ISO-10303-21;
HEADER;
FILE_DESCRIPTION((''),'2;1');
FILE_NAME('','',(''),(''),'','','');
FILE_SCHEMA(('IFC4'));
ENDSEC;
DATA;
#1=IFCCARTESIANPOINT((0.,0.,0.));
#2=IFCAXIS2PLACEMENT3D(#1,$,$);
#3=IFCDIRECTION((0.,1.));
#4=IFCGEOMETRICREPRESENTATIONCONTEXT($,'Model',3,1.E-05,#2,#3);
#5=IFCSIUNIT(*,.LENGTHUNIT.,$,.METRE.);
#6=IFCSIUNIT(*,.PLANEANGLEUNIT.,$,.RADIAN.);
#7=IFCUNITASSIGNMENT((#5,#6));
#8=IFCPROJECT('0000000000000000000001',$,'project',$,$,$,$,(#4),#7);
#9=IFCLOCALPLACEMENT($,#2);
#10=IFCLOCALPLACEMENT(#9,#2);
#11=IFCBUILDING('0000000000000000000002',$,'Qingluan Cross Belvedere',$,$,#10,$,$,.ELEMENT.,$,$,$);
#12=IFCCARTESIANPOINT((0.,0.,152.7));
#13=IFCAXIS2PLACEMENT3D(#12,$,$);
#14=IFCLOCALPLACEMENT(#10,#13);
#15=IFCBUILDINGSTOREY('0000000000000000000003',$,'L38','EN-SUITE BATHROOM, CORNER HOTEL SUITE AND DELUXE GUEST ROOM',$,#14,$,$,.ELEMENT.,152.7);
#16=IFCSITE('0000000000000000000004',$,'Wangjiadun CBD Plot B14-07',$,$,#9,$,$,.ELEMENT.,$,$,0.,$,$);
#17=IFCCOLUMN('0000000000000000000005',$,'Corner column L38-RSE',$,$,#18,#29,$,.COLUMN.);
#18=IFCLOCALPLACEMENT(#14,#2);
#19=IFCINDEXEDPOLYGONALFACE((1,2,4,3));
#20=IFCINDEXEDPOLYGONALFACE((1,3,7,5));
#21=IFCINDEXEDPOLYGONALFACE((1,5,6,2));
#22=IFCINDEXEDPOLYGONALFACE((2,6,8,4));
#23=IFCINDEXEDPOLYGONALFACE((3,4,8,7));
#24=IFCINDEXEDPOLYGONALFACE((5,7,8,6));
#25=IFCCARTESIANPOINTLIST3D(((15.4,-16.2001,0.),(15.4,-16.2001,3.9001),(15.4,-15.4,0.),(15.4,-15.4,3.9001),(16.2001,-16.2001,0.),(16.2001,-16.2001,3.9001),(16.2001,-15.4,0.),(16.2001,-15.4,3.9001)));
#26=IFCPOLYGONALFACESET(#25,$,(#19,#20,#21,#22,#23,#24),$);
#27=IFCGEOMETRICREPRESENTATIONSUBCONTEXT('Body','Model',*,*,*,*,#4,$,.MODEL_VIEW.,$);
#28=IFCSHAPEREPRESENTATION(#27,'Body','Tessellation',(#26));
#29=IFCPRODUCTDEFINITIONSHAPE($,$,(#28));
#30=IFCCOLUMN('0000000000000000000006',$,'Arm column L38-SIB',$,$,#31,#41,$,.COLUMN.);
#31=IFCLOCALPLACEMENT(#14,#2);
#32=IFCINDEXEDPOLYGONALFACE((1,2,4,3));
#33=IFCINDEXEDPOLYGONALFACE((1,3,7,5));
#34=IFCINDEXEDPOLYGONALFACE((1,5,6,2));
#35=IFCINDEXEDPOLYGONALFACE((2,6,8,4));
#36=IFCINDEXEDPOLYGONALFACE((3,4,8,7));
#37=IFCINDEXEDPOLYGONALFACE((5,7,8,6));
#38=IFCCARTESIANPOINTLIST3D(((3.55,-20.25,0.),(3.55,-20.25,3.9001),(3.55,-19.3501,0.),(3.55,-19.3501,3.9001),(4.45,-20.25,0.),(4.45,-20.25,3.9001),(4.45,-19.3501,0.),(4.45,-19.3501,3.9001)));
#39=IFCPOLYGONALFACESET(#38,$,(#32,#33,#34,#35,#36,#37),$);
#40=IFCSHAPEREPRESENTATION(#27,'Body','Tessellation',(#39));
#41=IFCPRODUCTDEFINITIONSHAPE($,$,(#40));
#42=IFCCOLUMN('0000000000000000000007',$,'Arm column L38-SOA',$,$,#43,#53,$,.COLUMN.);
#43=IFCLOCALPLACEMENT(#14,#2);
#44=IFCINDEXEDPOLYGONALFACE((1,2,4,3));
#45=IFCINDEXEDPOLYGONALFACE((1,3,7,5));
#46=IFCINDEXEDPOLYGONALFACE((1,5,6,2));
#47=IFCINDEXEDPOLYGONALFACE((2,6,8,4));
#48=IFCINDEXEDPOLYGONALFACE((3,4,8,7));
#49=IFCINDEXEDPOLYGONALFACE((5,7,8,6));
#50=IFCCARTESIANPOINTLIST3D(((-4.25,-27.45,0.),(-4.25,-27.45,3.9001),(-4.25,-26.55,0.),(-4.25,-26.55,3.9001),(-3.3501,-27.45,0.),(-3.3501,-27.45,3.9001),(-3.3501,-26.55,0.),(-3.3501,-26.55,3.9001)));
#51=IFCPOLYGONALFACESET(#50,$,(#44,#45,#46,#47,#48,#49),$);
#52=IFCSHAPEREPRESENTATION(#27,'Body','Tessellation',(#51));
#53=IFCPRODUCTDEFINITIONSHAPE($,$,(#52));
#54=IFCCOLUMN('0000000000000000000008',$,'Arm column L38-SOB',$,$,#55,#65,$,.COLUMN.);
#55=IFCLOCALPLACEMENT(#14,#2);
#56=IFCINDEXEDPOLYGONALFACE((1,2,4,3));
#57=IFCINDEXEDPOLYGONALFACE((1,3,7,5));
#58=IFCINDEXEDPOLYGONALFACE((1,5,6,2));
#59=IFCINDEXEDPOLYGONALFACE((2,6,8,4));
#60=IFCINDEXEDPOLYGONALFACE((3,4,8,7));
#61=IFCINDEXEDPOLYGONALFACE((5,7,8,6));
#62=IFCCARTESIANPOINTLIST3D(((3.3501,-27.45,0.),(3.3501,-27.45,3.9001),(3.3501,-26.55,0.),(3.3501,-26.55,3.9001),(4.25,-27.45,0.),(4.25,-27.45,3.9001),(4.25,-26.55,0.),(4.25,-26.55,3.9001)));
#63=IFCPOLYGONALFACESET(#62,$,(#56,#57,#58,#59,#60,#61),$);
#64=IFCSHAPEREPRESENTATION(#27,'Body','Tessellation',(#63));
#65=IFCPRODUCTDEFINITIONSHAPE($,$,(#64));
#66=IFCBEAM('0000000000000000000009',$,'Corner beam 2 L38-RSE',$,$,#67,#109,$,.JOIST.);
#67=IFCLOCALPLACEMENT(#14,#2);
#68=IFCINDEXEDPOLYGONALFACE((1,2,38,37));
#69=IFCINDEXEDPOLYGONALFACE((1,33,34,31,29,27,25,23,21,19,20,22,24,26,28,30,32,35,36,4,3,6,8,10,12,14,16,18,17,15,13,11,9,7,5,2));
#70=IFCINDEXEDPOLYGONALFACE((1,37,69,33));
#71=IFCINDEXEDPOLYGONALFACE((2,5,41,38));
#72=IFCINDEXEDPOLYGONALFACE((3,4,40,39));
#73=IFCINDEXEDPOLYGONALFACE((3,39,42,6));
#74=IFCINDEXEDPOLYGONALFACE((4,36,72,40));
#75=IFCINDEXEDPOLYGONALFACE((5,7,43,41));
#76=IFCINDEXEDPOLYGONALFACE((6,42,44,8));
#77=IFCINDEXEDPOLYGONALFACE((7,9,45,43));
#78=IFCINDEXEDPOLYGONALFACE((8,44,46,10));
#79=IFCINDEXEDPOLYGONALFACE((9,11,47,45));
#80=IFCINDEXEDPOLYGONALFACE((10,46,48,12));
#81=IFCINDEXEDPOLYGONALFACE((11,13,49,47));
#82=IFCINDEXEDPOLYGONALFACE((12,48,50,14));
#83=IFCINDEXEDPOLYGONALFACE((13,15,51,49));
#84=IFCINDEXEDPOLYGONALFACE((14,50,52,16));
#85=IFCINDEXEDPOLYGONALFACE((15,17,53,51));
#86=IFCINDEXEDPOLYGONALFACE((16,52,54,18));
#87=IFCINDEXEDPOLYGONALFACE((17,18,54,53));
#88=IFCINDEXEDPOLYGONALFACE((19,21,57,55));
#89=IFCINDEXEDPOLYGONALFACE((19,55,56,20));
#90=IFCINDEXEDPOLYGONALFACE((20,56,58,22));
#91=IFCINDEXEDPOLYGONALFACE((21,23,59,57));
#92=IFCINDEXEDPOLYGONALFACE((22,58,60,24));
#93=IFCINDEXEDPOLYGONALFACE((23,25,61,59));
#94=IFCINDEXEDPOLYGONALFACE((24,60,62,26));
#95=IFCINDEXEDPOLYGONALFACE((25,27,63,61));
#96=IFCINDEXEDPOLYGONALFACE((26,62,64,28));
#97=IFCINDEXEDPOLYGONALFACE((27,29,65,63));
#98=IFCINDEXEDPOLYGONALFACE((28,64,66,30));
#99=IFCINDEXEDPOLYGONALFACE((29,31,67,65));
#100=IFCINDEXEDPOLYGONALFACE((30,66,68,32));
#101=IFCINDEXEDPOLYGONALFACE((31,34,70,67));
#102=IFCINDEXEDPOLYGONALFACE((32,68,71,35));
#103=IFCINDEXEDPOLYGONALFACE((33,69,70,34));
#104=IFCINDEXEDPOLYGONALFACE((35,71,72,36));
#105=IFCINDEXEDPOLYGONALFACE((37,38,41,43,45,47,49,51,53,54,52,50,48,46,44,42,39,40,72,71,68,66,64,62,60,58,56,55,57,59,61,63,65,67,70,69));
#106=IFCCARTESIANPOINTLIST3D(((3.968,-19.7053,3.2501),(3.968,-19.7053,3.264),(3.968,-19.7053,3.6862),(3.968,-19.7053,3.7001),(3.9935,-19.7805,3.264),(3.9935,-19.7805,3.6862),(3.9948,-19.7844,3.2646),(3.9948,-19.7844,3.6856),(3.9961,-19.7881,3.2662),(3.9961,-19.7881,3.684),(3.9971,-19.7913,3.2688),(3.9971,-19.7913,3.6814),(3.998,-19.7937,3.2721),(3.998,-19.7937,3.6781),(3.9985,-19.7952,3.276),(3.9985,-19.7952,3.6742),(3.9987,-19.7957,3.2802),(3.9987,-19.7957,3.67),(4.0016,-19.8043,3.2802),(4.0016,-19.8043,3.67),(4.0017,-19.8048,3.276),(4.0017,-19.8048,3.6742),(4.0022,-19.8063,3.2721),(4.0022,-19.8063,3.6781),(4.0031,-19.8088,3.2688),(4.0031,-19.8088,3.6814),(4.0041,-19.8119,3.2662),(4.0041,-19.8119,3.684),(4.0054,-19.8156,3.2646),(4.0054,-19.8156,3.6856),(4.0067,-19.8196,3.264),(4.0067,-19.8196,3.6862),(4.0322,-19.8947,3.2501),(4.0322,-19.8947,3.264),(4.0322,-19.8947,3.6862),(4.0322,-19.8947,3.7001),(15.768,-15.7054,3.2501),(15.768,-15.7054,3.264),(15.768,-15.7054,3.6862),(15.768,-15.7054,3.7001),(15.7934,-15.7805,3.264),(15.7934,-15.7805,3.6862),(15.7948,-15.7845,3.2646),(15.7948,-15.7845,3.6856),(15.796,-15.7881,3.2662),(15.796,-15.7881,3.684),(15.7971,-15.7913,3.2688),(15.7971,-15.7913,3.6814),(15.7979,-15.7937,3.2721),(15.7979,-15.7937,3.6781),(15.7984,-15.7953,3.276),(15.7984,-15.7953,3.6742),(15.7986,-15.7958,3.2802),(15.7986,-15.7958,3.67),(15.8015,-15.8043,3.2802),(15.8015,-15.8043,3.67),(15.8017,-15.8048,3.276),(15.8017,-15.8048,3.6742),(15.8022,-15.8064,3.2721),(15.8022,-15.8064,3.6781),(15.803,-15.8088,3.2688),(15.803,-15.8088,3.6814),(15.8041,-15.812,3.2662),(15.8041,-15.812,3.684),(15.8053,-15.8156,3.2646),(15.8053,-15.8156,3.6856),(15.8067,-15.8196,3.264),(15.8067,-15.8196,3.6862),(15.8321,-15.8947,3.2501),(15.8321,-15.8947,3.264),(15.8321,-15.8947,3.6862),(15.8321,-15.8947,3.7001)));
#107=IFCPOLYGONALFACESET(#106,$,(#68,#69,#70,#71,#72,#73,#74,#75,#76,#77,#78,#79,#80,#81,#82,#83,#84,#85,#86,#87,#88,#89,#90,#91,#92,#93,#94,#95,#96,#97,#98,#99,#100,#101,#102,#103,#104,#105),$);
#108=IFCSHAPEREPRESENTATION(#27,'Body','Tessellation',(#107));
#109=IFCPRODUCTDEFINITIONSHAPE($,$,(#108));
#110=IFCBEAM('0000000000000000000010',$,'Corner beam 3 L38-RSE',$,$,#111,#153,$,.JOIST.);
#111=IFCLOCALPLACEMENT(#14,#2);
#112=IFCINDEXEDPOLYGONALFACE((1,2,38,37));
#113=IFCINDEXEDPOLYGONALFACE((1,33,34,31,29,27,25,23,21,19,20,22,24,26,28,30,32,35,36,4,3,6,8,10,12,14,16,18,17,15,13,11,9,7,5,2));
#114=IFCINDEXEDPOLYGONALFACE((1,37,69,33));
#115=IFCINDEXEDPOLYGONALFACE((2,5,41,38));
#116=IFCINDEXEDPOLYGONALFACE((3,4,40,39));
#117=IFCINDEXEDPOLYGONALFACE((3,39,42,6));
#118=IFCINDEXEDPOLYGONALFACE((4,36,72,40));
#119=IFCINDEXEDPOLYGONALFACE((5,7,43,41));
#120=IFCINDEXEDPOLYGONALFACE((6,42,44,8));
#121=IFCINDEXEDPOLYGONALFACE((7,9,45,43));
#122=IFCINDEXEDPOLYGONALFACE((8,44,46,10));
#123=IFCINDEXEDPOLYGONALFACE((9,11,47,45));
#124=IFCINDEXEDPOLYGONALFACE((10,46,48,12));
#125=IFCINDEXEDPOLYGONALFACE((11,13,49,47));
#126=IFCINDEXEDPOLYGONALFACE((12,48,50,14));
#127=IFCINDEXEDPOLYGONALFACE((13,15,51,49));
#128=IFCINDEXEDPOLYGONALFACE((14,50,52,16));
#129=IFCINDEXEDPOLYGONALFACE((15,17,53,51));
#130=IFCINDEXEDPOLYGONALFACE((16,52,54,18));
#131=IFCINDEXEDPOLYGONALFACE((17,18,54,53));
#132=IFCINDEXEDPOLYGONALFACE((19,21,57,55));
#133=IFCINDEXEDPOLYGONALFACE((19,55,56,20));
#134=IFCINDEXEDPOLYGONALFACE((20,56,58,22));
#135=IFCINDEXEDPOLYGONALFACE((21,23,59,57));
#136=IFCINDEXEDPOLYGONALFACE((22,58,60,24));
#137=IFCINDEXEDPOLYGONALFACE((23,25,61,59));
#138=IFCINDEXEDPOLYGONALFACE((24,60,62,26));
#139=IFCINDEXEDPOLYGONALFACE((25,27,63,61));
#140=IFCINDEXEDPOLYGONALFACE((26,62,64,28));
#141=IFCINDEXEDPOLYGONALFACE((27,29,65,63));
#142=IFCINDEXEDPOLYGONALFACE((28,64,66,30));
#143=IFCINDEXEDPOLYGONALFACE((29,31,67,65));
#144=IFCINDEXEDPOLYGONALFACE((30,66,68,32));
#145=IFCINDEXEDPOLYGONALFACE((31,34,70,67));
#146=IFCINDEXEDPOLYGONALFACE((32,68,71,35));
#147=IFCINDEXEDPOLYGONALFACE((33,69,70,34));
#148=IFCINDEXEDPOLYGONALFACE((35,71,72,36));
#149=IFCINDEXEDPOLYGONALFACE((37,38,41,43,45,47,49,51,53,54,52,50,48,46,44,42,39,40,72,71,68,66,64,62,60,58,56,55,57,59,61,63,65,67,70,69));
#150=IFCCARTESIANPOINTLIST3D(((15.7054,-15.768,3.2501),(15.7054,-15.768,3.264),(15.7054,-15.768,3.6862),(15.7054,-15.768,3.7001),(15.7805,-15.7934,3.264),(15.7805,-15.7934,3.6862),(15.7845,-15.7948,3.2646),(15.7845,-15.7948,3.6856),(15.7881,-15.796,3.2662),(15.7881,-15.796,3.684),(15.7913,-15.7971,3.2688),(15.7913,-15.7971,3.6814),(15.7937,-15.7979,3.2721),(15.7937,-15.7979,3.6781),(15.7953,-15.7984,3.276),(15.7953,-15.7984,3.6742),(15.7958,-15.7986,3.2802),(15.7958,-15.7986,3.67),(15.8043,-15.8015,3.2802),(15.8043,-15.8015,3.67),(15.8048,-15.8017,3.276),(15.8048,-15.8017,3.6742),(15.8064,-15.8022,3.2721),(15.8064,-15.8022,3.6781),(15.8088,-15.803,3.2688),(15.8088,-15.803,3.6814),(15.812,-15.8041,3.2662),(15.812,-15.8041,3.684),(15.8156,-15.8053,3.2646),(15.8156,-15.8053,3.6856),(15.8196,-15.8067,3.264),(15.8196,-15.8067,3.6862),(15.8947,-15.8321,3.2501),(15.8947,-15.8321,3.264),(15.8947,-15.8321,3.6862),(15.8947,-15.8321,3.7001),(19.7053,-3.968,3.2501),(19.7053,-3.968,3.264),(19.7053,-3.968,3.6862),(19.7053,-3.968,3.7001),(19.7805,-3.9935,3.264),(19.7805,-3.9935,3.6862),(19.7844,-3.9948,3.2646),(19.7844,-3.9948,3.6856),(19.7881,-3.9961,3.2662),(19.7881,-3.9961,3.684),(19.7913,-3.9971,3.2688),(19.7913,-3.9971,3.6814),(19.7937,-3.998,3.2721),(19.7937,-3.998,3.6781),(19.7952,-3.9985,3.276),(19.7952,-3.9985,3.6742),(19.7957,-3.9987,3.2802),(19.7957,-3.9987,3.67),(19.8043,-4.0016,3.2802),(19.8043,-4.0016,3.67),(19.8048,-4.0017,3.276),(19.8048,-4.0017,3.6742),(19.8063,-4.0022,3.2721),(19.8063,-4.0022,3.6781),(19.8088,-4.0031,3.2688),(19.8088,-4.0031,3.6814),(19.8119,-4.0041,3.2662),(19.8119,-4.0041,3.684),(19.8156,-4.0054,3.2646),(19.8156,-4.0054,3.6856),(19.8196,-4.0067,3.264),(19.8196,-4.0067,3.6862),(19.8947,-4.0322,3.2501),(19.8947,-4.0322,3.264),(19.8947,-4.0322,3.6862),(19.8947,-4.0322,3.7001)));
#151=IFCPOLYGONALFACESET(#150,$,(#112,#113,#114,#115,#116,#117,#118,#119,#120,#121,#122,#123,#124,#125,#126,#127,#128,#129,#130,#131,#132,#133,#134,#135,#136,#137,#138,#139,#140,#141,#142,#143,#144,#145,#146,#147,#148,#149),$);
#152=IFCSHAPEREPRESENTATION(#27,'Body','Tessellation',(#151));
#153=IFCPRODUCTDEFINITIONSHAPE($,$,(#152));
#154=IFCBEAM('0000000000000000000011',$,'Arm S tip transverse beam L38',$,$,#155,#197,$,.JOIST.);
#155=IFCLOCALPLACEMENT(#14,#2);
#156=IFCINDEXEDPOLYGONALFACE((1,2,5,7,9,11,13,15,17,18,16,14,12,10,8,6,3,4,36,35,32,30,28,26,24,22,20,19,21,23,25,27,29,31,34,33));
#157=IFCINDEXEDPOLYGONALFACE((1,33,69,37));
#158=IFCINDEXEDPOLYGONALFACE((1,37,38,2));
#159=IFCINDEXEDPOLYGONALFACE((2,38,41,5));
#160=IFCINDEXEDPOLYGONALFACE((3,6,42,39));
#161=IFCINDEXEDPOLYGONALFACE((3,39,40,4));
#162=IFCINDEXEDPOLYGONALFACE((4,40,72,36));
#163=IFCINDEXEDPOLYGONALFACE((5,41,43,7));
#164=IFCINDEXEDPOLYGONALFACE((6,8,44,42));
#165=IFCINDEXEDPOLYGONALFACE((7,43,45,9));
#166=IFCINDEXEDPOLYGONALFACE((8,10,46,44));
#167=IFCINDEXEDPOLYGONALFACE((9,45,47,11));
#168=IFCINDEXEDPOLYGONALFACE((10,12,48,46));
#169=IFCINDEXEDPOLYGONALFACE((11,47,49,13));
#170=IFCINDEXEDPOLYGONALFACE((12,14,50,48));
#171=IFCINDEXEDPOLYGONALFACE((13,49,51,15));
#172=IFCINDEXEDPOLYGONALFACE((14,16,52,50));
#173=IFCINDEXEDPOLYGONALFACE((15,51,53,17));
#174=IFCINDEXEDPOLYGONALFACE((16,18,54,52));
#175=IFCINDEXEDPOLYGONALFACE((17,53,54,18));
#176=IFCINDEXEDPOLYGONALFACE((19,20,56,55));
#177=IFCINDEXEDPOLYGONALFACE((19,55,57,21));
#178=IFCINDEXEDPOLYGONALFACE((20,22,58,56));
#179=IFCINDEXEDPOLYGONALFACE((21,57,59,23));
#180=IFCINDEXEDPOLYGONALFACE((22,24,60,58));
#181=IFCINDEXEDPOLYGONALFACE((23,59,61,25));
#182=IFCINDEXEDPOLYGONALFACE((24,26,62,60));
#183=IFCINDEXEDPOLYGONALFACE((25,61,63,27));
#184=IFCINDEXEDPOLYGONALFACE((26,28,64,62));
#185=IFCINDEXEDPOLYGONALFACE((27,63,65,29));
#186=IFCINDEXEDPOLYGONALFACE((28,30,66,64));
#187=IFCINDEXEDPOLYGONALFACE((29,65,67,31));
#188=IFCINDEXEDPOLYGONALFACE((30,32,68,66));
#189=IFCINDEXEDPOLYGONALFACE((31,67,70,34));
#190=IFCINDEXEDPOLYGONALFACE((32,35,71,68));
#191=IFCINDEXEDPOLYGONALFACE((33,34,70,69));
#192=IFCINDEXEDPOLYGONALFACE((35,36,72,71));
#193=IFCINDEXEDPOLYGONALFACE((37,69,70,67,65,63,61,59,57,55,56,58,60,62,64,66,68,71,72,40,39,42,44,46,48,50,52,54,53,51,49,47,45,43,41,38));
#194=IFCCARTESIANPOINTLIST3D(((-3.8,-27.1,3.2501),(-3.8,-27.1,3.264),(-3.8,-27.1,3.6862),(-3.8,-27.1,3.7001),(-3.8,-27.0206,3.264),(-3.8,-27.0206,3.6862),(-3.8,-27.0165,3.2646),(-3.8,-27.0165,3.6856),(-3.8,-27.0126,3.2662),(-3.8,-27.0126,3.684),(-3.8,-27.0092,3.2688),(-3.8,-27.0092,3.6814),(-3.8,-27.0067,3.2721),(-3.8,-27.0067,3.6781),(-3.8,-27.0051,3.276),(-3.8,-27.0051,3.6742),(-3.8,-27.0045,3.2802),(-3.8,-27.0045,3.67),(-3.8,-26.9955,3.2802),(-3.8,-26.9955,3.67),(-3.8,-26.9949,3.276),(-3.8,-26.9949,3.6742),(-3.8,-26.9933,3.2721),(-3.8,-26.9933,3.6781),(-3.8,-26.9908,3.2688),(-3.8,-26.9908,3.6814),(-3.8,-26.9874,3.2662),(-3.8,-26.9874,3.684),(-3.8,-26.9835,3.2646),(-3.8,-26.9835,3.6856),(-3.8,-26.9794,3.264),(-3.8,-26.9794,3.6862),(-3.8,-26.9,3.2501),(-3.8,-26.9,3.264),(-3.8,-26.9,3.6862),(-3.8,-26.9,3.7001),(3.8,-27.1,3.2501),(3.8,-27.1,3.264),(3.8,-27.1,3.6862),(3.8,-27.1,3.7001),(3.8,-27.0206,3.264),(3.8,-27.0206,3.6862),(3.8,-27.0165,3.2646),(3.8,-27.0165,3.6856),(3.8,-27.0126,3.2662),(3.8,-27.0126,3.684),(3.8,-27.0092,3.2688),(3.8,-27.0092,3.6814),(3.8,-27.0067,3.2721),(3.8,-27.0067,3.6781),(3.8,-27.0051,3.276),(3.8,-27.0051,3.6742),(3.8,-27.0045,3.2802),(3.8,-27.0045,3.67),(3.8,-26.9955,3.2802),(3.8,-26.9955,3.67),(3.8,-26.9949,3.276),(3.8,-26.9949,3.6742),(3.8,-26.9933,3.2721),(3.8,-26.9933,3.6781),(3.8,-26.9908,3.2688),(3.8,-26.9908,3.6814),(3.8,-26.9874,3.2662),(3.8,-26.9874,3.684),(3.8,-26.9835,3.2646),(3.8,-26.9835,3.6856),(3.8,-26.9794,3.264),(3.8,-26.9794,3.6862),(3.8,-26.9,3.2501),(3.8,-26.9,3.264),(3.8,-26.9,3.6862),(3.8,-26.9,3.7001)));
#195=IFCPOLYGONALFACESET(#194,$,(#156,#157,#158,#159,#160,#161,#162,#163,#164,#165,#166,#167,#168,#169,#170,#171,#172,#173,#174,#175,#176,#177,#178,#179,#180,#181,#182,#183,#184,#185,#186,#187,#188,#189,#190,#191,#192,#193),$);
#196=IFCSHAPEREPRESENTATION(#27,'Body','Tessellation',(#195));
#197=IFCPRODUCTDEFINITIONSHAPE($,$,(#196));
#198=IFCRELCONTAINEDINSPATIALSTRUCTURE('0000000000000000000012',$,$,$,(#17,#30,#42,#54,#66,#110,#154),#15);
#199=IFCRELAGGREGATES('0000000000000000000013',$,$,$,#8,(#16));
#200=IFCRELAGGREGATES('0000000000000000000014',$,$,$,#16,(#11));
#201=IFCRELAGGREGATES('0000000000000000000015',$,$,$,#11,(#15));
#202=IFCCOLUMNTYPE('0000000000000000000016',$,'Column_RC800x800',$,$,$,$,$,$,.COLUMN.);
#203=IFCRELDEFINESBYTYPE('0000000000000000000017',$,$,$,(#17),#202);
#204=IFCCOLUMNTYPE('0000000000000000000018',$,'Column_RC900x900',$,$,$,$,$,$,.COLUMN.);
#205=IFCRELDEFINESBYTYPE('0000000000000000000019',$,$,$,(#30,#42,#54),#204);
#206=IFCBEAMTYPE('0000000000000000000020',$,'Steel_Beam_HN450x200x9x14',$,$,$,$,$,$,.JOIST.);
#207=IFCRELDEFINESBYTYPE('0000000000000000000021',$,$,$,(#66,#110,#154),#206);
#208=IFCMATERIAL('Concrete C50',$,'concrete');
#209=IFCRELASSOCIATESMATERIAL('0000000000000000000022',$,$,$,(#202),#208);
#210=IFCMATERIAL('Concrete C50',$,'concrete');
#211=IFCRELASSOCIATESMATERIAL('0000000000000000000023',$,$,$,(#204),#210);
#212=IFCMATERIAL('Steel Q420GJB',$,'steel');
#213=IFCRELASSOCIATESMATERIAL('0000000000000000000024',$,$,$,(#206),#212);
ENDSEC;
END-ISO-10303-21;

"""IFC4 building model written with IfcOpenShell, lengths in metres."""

from ifc_helpers import new_model, si_unit, direction, frame, origin, origin_2d, place, context, subcontext, project, spatial, rectangle, i_section, extrude, material, material_profile, profile_set, type_object, element, save


model = new_model("IFC4")

# Units and contexts
model_context = context("Model", 3, precision=1e-05, world=origin(), true_north=direction((0.0, 1.0)))
body_context = subcontext(model_context, "Body", "Model", "MODEL_VIEW")
ifc_project = project(units=[si_unit("LENGTHUNIT", "METRE"), si_unit("PLANEANGLEUNIT", "RADIAN")], contexts=[model_context])

# Site, building, storey
site_placement = place(None, origin())
site = spatial("IfcSite", under=ifc_project, at=site_placement, Name="Wangjiadun CBD Plot B14-07", CompositionType="ELEMENT", RefElevation=0.0)
building_placement = place(site_placement, origin())
building = spatial("IfcBuilding", under=site, at=building_placement, Name="Qingluan Cross Belvedere", CompositionType="ELEMENT")
storey_placement = place(building_placement, frame((0.0, 0.0, 152.7)))
storey = spatial("IfcBuildingStorey", under=building, at=storey_placement, Name="L38", Description="EN-SUITE BATHROOM, CORNER HOTEL SUITE AND DELUXE GUEST ROOM", CompositionType="ELEMENT", Elevation=152.7)

# Columns
ifc_material_1 = material(Name="Concrete C50", Category="concrete")
ifc_material_profile_1 = material_profile(ifc_material_1, rectangle(XDim=0.8, YDim=0.8, at=origin_2d()), Name="RC800x800")
ifc_profile_set_1 = profile_set([ifc_material_profile_1], Name="Concrete C50")
column_type_1 = type_object("IfcColumnType", Name="Column_RC800x800", PredefinedType="COLUMN", material=ifc_profile_set_1)
column_placement = place(storey_placement, frame((15.8, -15.8, 0.0), z_axis=(0.0, 0.0, 1.0), x_axis=(1.0, 0.0, 0.0)))
element("IfcColumn", 1, at=column_placement, inside=storey, type_object=column_type_1, Name="Corner column L38-RSE", PredefinedType="COLUMN", context=body_context, shape_type="SweptSolid", body=[
    extrude(rectangle(XDim=0.8, YDim=0.8, at=origin_2d()), origin(), (0.0, 0.0, 1.0), 3.9001),
])
ifc_material_2 = material(Name="Concrete C50", Category="concrete")
ifc_material_profile_2 = material_profile(ifc_material_2, rectangle(XDim=0.8999, YDim=0.8999, at=origin_2d()), Name="RC900x900")
ifc_profile_set_2 = profile_set([ifc_material_profile_2], Name="Concrete C50")
column_type_2 = type_object("IfcColumnType", Name="Column_RC900x900", PredefinedType="COLUMN", material=ifc_profile_set_2)
for number, where, z_axis, x_axis, name in (
    (2, (4.0, -19.8, 0.0), (0.0, 0.0, 1.0), (1.0, 0.0, 0.0), "Arm column L38-SIB"),
    (3, (-3.8, -27.0, 0.0), (0.0, 0.0, 1.0), (1.0, 0.0, 0.0), "Arm column L38-SOA"),
    (4, (3.8, -27.0, 0.0), (0.0, 0.0, 1.0), (1.0, 0.0, 0.0), "Arm column L38-SOB"),
):
    element("IfcColumn", number, at=place(storey_placement, frame(where, z_axis=z_axis, x_axis=x_axis)), inside=storey, type_object=column_type_2, Name=name, PredefinedType="COLUMN", context=body_context, shape_type="SweptSolid", body=[
        extrude(rectangle(XDim=0.8999, YDim=0.8999, at=origin_2d()), origin(), (0.0, 0.0, 1.0), 3.9001),
    ])

# Beams
ifc_material_3 = material(Name="Steel Q420GJB", Category="steel")
ifc_material_profile_3 = material_profile(ifc_material_3, i_section(OverallWidth=0.2, OverallDepth=0.45, WebThickness=0.009, FlangeThickness=0.0139, FilletRadius=0.0161, at=origin_2d()), Name="HN450x200x9x14")
ifc_profile_set_3 = profile_set([ifc_material_profile_3], Name="Steel Q420GJB")
beam_type_1 = type_object("IfcBeamType", Name="Steel_Beam_HN450x200x9x14", PredefinedType="JOIST", material=ifc_profile_set_3)
for number, where, z_axis, x_axis, name in (
    (5, (15.8, -15.8, 3.4751), (-0.947066, -0.321038, 0.0), (0.321038, -0.947066, 0.0), "Corner beam 2 L38-RSE"),
    (6, (15.8, -15.8, 3.4751), (0.321038, 0.947066, 0.0), (-0.947066, 0.321038, 0.0), "Corner beam 3 L38-RSE"),
):
    element("IfcBeam", number, at=place(storey_placement, frame(where, z_axis=z_axis, x_axis=x_axis)), inside=storey, type_object=beam_type_1, Name=name, PredefinedType="JOIST", context=body_context, shape_type="SweptSolid", body=[
        extrude(i_section(OverallWidth=0.2, OverallDepth=0.45, WebThickness=0.009, FlangeThickness=0.0139, FilletRadius=0.0161, at=origin_2d()), origin(), (0.0, 0.0, 1.0), 12.4595),
    ])
beam_1_placement = place(storey_placement, frame((-3.8, -27.0, 3.4751), z_axis=(1.0, 0.0, 0.0), x_axis=(0.0, 1.0, 0.0)))
element("IfcBeam", 7, at=beam_1_placement, inside=storey, type_object=beam_type_1, Name="Arm S tip transverse beam L38", PredefinedType="JOIST", context=body_context, shape_type="SweptSolid", body=[
    extrude(i_section(OverallWidth=0.2, OverallDepth=0.45, WebThickness=0.009, FlangeThickness=0.0139, FilletRadius=0.0161, at=origin_2d()), origin(), (0.0, 0.0, 1.0), 7.6001),
])

save(model, "model.ifc")
